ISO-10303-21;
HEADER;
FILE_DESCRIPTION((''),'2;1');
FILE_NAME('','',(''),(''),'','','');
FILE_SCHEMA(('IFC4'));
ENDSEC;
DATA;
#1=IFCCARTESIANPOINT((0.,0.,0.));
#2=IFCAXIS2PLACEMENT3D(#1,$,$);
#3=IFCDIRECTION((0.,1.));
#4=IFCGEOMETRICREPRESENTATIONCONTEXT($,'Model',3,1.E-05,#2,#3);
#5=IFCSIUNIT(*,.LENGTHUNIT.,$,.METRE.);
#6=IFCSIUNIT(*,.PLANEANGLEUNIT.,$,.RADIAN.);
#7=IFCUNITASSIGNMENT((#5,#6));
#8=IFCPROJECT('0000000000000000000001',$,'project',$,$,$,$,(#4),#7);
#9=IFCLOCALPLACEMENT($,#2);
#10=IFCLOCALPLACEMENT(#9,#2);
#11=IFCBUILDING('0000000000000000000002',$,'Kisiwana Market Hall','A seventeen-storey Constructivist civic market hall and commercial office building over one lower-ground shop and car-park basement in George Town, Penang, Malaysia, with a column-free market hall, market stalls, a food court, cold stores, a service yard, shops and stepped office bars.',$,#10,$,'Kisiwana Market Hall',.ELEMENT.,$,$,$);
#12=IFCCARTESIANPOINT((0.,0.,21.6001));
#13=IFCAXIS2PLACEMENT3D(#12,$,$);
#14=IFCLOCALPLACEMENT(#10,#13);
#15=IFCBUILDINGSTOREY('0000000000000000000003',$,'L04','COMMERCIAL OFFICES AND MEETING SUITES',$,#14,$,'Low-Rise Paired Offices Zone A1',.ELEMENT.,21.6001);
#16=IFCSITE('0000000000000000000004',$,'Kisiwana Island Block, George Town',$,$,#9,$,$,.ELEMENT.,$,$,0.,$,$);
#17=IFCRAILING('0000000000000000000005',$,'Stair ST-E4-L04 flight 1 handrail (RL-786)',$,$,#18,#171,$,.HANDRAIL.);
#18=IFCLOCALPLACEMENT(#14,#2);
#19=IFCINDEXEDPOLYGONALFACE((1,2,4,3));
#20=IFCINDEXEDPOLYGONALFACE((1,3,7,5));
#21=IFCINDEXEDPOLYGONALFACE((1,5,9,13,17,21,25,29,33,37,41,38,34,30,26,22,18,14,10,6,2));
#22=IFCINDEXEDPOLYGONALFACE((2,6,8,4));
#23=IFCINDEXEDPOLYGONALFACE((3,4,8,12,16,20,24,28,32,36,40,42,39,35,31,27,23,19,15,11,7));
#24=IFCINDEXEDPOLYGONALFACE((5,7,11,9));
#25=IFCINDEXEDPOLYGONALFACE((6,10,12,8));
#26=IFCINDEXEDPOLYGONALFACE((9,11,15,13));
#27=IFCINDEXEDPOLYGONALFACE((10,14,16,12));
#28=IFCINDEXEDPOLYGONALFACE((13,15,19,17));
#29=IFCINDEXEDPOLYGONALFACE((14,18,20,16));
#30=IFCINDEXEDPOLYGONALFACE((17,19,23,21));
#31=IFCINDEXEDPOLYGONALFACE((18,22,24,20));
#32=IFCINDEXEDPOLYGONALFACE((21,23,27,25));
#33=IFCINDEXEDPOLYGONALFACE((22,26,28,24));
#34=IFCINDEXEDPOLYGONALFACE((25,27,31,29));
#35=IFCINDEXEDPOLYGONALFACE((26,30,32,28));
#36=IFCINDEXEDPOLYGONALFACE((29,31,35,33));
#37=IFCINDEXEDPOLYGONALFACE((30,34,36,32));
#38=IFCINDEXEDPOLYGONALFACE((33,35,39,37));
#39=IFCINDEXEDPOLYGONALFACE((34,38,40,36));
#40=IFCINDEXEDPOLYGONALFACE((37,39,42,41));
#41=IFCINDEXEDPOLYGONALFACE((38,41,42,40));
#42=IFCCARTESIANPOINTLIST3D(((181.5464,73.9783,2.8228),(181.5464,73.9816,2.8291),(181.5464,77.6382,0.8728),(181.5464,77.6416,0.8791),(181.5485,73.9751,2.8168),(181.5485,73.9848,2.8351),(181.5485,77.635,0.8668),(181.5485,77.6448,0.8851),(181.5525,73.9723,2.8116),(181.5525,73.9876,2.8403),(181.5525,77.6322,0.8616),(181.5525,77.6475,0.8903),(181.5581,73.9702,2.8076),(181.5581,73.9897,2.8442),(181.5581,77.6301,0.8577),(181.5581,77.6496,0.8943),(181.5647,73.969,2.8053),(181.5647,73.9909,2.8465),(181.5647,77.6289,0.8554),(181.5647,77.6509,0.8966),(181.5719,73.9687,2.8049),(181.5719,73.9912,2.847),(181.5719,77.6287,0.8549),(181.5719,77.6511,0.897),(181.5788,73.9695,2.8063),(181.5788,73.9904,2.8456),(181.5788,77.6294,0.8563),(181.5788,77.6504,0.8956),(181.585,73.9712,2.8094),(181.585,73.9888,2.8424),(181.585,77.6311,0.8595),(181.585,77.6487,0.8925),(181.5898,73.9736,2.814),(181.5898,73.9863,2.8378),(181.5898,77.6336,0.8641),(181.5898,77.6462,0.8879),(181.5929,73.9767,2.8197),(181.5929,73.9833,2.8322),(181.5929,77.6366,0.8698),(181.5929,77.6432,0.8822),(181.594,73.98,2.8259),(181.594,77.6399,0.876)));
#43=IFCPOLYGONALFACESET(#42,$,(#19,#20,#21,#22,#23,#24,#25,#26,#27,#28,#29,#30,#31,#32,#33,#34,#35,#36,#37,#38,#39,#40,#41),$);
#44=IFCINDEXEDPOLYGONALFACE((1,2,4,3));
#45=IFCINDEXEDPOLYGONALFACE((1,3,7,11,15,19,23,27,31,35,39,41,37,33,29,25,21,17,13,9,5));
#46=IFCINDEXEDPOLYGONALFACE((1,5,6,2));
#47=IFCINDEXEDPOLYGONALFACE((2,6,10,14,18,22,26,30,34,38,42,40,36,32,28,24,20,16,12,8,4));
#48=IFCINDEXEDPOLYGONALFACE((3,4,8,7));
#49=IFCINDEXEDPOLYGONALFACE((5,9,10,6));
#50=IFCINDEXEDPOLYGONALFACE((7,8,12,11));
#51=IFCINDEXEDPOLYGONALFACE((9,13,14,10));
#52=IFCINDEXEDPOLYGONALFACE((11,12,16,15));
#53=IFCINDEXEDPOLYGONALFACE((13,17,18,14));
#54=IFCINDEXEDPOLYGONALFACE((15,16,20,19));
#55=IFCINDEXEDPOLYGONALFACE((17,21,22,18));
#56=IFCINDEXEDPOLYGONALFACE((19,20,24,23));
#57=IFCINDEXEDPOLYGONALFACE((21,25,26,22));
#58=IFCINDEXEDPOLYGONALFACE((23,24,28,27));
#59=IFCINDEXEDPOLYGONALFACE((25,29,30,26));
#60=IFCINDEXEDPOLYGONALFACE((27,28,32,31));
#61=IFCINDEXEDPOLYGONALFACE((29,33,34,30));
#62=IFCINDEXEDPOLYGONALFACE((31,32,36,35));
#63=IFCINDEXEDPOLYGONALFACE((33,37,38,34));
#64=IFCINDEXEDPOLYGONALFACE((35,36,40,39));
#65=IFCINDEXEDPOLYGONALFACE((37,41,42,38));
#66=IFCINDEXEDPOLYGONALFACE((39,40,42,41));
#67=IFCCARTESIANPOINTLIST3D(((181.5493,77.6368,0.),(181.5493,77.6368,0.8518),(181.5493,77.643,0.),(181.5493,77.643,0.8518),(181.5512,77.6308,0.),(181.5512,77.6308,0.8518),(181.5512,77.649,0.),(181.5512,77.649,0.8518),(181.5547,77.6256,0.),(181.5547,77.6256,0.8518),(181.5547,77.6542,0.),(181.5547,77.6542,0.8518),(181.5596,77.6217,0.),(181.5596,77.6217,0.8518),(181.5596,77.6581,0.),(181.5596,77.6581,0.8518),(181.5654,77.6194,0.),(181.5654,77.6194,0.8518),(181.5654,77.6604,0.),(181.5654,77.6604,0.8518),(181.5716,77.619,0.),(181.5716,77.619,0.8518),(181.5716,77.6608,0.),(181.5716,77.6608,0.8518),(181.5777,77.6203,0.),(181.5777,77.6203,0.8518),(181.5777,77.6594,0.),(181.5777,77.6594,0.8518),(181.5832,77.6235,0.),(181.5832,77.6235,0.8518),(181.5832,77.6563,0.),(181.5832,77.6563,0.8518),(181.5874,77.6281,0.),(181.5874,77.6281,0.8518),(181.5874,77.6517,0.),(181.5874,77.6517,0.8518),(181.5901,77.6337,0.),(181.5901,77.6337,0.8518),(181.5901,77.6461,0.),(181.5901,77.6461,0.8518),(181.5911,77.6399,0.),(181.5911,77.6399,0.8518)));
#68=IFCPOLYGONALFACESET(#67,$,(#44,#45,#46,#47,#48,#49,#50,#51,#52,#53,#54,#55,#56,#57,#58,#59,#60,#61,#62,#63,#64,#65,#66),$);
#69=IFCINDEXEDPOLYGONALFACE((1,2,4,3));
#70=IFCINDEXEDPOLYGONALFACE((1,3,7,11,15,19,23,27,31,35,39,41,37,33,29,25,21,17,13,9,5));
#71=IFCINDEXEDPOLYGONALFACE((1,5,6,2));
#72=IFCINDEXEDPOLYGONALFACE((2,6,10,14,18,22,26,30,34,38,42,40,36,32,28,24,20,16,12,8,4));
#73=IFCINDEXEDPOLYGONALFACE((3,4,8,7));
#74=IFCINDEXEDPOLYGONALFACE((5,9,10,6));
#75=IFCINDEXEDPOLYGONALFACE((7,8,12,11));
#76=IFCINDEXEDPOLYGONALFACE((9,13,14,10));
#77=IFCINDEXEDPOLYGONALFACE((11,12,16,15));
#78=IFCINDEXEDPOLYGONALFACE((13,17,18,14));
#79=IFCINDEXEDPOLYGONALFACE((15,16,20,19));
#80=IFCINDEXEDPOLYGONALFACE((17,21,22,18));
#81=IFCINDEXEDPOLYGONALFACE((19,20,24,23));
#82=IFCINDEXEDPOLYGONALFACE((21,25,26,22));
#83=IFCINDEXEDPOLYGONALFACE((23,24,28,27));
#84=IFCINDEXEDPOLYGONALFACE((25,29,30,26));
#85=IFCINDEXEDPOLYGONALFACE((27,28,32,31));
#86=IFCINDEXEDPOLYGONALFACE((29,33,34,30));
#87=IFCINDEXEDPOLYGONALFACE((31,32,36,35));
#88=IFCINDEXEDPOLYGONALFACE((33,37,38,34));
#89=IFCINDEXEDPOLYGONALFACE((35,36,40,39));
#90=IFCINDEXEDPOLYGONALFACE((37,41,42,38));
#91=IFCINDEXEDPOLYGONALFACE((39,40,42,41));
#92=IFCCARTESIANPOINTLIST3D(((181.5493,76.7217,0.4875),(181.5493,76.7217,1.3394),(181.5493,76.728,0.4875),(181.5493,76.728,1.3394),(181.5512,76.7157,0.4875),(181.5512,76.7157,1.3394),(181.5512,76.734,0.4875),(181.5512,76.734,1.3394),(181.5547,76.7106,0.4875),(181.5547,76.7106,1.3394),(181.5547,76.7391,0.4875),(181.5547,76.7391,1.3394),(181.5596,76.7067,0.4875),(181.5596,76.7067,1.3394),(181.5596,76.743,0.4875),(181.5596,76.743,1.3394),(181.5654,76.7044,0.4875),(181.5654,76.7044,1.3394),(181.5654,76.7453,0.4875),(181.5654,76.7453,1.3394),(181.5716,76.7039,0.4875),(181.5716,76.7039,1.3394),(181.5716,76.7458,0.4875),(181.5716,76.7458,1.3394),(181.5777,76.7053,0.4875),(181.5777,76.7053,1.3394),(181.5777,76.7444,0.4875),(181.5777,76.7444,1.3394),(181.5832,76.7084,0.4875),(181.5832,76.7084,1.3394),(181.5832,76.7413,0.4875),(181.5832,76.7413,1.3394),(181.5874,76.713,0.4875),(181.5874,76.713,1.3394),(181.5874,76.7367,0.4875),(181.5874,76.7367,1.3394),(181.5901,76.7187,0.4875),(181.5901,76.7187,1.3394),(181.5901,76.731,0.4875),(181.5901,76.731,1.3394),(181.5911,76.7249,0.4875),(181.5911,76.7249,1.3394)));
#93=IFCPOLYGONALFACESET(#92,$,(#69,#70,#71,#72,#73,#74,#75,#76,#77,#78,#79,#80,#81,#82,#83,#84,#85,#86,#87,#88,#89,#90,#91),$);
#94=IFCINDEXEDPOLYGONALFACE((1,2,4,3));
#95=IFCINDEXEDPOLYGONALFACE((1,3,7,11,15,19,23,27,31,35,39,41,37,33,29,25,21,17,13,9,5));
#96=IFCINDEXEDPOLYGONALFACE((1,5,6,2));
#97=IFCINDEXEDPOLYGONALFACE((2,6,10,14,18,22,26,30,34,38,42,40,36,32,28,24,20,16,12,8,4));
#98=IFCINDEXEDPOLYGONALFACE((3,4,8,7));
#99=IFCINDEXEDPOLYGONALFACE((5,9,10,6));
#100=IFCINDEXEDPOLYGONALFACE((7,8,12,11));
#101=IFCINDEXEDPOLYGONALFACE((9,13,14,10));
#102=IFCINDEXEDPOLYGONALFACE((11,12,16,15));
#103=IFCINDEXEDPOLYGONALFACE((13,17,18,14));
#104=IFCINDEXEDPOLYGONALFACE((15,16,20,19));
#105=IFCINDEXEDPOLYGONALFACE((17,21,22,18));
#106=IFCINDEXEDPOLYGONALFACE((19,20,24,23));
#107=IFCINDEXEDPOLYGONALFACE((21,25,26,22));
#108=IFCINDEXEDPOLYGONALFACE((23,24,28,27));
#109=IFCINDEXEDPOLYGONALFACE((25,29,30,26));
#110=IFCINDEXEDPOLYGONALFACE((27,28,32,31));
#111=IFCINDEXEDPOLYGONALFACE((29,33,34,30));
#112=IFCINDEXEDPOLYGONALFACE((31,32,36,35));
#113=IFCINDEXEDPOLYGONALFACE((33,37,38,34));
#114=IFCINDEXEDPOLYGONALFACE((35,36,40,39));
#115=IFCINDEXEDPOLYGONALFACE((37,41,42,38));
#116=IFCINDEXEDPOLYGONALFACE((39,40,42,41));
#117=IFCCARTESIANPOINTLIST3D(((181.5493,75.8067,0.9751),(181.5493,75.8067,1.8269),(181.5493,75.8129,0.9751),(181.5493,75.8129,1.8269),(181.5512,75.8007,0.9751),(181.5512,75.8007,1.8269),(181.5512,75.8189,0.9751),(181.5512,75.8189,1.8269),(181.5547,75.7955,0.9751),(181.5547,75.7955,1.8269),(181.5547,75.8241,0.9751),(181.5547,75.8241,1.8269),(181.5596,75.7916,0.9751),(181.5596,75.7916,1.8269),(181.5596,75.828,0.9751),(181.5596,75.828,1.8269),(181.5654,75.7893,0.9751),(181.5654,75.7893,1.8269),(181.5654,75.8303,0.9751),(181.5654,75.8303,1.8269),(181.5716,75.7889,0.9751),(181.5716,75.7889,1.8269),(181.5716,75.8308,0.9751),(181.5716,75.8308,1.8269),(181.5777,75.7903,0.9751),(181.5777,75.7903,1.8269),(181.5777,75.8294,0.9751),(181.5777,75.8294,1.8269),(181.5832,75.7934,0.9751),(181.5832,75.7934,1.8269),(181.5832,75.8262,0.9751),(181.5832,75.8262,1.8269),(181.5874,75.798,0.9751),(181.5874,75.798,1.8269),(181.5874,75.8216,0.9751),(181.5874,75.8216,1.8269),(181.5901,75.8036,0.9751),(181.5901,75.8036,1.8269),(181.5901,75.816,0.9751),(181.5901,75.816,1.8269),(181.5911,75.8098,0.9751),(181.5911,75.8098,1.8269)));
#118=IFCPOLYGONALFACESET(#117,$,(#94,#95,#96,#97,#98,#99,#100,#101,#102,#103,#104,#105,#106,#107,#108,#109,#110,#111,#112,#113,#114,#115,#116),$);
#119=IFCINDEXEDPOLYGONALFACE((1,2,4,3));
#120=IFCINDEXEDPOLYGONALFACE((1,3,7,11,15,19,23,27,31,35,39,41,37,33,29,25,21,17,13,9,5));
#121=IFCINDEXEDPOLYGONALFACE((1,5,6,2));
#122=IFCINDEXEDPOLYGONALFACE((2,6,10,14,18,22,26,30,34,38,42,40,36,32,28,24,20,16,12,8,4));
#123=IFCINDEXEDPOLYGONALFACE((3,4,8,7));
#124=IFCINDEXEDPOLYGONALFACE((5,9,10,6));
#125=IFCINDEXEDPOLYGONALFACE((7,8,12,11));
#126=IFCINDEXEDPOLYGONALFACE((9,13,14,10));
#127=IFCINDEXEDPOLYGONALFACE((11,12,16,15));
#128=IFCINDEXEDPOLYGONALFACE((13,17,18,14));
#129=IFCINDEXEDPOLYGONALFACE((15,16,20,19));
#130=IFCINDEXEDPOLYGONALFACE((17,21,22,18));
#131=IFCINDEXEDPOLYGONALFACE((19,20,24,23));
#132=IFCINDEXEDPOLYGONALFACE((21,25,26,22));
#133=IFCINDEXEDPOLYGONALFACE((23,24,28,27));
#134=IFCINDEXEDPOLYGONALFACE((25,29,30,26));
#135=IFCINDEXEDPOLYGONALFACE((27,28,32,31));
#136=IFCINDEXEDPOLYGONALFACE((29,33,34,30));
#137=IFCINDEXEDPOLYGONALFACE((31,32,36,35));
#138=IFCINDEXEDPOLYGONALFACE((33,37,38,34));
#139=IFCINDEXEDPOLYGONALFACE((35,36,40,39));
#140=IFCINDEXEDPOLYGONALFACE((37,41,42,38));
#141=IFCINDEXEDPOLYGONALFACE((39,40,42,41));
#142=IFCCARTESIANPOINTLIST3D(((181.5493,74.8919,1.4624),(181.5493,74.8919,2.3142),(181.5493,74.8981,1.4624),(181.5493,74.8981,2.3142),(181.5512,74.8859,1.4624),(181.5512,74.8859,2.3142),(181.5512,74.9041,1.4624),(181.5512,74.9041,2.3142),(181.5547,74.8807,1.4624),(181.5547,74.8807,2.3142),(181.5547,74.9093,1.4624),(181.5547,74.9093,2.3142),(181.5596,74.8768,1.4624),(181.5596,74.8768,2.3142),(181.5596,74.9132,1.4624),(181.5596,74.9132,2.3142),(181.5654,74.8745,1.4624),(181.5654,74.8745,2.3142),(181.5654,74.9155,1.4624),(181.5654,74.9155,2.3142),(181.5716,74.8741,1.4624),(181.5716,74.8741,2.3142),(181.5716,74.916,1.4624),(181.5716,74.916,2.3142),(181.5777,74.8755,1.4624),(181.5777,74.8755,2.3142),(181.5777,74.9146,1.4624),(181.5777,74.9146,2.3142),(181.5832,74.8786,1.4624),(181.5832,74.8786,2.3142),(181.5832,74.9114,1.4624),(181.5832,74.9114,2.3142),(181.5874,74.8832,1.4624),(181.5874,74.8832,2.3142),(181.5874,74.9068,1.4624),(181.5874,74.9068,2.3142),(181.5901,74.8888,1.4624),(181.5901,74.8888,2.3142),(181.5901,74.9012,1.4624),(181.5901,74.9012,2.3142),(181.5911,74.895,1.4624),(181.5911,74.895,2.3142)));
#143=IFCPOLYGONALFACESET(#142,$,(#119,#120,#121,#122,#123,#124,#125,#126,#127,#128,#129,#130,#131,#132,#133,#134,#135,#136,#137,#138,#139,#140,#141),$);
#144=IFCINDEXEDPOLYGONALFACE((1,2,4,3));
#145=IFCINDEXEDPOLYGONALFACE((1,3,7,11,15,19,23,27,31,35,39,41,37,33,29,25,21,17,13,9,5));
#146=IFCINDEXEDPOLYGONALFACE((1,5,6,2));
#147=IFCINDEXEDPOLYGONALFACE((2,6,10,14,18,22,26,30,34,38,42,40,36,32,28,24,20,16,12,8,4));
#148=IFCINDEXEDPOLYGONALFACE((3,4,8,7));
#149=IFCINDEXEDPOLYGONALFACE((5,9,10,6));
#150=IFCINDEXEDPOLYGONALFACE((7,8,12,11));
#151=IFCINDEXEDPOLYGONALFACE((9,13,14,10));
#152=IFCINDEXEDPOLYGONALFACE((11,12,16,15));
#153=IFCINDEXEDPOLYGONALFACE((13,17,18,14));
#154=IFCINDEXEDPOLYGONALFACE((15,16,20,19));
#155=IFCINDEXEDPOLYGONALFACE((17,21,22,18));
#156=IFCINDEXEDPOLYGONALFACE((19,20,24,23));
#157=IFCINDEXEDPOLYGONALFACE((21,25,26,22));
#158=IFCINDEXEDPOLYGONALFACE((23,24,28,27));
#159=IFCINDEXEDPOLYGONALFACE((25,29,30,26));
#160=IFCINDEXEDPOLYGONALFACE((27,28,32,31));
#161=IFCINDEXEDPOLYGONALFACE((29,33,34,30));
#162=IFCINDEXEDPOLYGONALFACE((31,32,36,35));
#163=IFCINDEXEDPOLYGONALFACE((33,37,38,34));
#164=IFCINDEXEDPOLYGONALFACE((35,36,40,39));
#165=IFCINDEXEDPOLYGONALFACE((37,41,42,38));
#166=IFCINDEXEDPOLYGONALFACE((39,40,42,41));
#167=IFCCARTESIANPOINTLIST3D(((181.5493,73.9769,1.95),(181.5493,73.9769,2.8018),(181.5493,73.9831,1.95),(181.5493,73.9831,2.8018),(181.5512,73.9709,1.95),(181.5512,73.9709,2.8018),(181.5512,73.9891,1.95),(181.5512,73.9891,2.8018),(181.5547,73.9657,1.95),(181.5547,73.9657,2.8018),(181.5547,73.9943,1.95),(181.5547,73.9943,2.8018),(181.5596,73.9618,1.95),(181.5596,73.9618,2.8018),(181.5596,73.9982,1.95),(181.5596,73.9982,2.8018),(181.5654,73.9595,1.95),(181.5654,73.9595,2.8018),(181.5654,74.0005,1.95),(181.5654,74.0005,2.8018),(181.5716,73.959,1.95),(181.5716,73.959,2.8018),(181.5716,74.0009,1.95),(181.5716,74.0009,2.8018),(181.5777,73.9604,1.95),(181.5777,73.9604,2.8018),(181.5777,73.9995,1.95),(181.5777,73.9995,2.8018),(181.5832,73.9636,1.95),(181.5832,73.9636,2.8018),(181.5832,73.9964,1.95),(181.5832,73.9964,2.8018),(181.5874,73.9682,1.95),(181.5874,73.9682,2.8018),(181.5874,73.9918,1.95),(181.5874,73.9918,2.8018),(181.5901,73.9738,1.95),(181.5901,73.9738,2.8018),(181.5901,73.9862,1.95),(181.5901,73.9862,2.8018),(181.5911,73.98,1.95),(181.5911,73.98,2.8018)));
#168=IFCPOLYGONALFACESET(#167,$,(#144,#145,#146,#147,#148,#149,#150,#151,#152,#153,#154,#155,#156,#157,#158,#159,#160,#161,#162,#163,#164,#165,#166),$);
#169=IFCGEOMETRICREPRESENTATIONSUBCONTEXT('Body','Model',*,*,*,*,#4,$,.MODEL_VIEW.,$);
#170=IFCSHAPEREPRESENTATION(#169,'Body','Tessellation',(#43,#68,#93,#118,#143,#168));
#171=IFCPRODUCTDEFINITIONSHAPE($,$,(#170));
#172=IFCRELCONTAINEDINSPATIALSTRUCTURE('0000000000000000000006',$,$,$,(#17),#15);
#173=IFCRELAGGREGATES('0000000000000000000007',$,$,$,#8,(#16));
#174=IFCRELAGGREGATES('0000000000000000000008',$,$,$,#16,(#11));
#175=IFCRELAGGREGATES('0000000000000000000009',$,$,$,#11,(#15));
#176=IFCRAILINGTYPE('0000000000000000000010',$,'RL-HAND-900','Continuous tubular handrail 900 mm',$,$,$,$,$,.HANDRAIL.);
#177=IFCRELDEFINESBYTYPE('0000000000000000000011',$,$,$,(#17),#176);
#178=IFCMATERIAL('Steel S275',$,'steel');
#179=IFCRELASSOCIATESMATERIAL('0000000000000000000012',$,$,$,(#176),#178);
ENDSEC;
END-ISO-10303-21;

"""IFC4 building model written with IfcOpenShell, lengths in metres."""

from ifc_helpers import new_model, si_unit, direction, frame, origin, origin_2d, place, context, subcontext, project, spatial, circle, extrude, material, type_object, element, save


model = new_model("IFC4")

# Units and contexts
model_context = context("Model", 3, precision=1e-05, world=origin(), true_north=direction((0.0, 1.0)))
body_context = subcontext(model_context, "Body", "Model", "MODEL_VIEW")
ifc_project = project(units=[si_unit("LENGTHUNIT", "METRE"), si_unit("PLANEANGLEUNIT", "RADIAN")], contexts=[model_context])

# Site, building, storey
site_placement = place(None, origin())
site = spatial("IfcSite", under=ifc_project, at=site_placement, Name="Kisiwana Island Block, George Town", CompositionType="ELEMENT", RefElevation=0.0)
building_placement = place(site_placement, origin())
building = spatial("IfcBuilding", under=site, at=building_placement, Name="Kisiwana Market Hall", Description="A seventeen-storey Constructivist civic market hall and commercial office building over one lower-ground shop and car-park basement in George Town, Penang, Malaysia, with a column-free market hall, market stalls, a food court, cold stores, a service yard, shops and stepped office bars.", LongName="Kisiwana Market Hall", CompositionType="ELEMENT")
storey_placement = place(building_placement, frame((0.0, 0.0, 21.6001)))
storey = spatial("IfcBuildingStorey", under=building, at=storey_placement, Name="L04", Description="COMMERCIAL OFFICES AND MEETING SUITES", LongName="Low-Rise Paired Offices Zone A1", CompositionType="ELEMENT", Elevation=21.6001)

# Railing
ifc_material_1 = material(Name="Steel S275", Category="steel")
railing_type_1 = type_object("IfcRailingType", Name="RL-HAND-900", Description="Continuous tubular handrail 900 mm", PredefinedType="HANDRAIL", material=ifc_material_1)
for number, where, name in (
    (1, (181.5701, 77.6399, 0.0), "Stair ST-E4-L04 flight 1 handrail (RL-786)"),
):
    element("IfcRailing", number, at=place(storey_placement, frame(where)), inside=storey, type_object=railing_type_1, Name=name, PredefinedType="HANDRAIL", context=body_context, shape_type="SweptSolid", body=[
        extrude(circle(Radius=0.0239, at=origin_2d()), frame((0.0, 0.0, 0.876), z_axis=(0.0, -0.882553, 0.470212), x_axis=(1.0, 0.0, 0.0)), (0.0, 0.0, 1.0), 4.147),
        extrude(circle(Radius=0.021, at=origin_2d()), origin(), (0.0, 0.0, 1.0), 0.8518),
        extrude(circle(Radius=0.021, at=origin_2d()), frame((0.0, -0.915, 0.4875)), (0.0, 0.0, 1.0), 0.8518),
        extrude(circle(Radius=0.021, at=origin_2d()), frame((0.0, -1.8301, 0.9751)), (0.0, 0.0, 1.0), 0.8518),
        extrude(circle(Radius=0.021, at=origin_2d()), frame((0.0, -2.7449, 1.4624)), (0.0, 0.0, 1.0), 0.8518),
        extrude(circle(Radius=0.021, at=origin_2d()), frame((0.0, -3.6599, 1.95)), (0.0, 0.0, 1.0), 0.8518),
    ])

save(model, "model.ifc")
